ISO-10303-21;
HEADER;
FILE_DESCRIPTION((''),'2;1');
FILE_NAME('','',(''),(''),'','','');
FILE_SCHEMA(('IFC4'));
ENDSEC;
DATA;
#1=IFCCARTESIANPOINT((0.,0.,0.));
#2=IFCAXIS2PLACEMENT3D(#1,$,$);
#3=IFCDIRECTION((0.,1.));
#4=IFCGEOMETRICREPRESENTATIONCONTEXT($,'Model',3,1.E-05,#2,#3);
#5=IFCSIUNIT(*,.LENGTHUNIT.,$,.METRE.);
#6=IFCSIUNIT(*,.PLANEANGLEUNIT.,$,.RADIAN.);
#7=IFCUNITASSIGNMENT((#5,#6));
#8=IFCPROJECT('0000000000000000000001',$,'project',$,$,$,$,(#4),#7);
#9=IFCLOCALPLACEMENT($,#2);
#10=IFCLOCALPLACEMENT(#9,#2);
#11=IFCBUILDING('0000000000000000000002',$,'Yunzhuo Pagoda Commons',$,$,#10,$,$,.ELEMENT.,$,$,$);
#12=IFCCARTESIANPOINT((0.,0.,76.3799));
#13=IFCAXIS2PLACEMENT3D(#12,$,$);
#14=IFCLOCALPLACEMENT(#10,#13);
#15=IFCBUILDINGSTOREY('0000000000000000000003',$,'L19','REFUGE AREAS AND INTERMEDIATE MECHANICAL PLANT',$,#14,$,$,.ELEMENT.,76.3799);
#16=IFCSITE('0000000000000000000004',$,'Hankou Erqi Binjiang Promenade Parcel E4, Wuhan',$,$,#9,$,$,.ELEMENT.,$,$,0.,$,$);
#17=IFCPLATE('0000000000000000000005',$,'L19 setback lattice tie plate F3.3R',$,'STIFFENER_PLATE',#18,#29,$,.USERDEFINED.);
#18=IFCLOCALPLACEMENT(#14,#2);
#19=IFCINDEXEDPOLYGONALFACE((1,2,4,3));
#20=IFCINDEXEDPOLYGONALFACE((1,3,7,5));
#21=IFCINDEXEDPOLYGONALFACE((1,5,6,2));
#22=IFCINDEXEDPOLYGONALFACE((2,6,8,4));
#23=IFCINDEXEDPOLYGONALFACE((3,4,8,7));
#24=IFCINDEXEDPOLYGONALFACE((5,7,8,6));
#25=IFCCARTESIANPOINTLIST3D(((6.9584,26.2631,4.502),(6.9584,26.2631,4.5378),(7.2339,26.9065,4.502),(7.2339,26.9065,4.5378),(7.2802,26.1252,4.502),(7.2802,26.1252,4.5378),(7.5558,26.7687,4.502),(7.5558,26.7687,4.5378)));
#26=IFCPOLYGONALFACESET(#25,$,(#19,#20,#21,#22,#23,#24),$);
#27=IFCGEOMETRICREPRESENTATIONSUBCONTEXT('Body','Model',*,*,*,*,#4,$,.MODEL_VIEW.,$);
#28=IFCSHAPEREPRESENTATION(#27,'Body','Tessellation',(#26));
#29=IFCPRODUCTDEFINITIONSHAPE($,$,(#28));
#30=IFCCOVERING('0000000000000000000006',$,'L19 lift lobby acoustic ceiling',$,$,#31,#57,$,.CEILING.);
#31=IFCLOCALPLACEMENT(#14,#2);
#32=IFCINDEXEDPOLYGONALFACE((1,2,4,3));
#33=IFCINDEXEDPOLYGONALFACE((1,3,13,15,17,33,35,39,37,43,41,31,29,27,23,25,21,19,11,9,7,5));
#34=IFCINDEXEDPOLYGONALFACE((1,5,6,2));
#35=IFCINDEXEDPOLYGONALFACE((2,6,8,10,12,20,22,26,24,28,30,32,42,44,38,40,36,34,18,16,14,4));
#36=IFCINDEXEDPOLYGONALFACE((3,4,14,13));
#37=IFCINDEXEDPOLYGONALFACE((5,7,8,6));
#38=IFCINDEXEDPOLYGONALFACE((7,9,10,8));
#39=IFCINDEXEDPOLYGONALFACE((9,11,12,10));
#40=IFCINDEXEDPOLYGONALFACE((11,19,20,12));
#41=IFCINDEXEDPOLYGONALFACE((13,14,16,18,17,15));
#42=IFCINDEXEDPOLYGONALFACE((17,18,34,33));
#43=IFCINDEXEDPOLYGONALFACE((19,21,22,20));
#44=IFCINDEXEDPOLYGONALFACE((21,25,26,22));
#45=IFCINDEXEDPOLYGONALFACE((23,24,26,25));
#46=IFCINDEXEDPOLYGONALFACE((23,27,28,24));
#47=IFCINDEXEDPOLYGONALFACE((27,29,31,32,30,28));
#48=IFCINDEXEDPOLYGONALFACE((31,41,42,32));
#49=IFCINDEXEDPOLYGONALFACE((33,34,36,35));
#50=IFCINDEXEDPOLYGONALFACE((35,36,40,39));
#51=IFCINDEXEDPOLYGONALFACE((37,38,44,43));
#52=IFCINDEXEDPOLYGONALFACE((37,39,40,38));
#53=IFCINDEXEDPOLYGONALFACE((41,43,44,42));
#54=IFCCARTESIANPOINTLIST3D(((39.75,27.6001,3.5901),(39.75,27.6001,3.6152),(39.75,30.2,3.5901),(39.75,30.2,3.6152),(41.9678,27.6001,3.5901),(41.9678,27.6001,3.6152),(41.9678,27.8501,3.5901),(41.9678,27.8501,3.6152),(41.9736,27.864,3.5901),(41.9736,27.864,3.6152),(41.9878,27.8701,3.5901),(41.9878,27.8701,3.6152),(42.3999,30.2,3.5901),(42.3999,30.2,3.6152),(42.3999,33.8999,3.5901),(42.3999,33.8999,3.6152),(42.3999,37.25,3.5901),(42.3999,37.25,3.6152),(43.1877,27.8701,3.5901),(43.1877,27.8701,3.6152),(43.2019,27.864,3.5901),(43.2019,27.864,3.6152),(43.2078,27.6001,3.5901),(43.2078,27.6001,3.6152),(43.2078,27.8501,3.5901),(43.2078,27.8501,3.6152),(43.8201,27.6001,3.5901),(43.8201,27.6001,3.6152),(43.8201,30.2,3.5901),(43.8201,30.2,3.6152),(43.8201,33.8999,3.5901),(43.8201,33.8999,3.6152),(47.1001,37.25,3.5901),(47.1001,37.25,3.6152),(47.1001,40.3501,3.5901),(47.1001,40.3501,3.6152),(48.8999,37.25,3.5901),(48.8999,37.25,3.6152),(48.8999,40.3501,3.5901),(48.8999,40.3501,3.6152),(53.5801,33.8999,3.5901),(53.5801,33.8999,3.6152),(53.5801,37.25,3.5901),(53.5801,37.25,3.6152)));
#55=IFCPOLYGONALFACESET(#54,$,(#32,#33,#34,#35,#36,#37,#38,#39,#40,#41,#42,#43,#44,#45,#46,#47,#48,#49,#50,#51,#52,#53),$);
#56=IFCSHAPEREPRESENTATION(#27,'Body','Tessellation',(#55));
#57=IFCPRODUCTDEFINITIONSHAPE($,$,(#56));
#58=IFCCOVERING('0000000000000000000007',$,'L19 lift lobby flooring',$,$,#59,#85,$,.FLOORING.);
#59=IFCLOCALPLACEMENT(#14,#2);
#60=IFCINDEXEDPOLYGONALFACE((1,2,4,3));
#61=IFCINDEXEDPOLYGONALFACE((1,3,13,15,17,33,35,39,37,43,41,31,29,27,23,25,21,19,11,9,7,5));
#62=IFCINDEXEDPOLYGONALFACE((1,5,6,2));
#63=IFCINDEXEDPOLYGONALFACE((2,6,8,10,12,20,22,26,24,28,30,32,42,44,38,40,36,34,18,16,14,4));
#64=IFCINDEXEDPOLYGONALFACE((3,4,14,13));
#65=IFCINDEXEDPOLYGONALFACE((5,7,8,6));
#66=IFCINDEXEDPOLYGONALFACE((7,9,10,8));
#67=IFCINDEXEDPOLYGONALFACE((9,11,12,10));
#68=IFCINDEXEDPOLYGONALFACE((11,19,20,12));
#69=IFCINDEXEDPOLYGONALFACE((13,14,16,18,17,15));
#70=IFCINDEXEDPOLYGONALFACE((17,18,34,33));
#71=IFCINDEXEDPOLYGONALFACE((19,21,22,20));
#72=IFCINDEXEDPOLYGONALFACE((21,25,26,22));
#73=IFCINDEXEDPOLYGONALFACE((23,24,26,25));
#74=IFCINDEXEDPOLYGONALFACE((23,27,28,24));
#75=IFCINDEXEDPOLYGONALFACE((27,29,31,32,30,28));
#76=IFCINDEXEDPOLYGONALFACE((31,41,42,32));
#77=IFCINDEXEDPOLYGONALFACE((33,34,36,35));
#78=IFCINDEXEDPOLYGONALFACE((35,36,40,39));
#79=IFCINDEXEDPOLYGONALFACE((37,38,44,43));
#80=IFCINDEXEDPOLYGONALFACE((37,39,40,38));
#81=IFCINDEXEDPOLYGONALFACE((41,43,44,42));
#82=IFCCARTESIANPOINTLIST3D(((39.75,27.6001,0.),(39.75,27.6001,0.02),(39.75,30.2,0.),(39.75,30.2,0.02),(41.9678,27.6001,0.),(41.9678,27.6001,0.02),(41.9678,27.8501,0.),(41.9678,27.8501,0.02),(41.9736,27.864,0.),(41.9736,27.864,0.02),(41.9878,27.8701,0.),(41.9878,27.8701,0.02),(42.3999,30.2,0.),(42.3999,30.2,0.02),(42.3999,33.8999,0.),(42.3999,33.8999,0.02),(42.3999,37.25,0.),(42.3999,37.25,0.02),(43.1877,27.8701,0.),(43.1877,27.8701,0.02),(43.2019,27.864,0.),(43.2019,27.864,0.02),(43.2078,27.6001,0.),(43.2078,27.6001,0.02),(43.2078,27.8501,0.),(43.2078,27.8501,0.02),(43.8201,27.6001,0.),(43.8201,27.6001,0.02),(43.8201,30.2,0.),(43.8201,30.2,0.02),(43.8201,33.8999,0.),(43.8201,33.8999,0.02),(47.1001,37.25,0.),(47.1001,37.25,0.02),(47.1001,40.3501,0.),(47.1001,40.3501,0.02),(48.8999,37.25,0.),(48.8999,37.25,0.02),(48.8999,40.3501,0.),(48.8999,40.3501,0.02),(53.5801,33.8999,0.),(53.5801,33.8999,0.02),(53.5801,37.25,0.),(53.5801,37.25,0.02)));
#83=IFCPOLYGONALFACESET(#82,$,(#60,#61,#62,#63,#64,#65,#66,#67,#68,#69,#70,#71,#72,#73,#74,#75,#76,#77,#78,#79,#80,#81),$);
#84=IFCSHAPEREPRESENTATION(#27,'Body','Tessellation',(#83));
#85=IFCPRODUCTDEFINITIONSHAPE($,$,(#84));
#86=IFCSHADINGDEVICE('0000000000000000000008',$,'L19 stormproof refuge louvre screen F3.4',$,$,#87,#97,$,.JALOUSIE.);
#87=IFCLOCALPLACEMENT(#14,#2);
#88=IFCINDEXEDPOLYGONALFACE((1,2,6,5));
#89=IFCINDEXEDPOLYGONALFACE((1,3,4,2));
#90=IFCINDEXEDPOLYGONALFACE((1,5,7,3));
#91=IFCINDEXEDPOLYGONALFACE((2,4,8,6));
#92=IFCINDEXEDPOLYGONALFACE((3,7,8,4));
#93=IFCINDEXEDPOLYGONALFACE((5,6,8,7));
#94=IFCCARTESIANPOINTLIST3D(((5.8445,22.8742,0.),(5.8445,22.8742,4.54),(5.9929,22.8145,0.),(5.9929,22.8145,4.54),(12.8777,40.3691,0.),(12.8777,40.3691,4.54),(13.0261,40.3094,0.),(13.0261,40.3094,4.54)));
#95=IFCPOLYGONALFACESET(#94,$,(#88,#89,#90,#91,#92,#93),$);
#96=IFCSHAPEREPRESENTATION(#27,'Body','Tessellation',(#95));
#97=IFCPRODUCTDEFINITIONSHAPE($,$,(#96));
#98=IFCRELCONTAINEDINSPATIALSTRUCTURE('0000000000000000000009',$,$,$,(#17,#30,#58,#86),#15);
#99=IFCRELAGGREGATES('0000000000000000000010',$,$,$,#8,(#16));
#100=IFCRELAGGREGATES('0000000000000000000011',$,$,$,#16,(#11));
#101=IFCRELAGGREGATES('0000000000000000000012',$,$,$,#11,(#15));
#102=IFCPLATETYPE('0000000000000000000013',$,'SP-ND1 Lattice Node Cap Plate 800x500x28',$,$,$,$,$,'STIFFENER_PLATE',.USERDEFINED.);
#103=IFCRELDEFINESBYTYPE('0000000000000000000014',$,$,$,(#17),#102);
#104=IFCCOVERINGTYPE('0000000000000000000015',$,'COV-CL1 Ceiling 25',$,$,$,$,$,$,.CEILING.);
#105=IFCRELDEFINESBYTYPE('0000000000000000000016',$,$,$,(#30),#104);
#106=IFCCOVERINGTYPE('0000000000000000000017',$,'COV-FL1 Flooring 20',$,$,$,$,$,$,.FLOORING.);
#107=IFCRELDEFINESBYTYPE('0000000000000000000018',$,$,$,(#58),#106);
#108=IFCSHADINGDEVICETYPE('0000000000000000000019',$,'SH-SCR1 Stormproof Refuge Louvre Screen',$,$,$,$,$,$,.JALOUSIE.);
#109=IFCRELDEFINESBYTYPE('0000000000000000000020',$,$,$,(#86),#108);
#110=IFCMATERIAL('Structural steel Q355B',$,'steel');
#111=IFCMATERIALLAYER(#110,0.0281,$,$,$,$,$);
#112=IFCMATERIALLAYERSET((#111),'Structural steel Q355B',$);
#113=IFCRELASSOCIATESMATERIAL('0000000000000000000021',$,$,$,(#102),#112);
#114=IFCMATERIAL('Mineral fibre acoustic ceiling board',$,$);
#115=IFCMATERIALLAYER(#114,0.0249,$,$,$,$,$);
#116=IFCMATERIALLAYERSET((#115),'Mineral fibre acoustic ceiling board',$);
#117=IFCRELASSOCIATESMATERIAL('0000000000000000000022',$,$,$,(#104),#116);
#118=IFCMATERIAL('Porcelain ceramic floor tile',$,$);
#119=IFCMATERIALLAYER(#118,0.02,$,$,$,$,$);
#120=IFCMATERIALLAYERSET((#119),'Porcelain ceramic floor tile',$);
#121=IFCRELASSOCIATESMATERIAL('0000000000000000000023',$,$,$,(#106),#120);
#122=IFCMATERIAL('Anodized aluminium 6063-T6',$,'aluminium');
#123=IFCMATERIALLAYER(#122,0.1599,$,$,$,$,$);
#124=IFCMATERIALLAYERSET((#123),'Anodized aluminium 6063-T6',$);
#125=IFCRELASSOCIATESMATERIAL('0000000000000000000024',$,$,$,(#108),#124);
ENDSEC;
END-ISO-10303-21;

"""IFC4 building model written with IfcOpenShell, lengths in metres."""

from ifc_helpers import new_model, si_unit, direction, frame, origin, origin_2d, place, context, subcontext, project, spatial, polyline, rectangle, outline, extrude, source, transform, mapped, material, layer, layer_set, type_object, element, save


model = new_model("IFC4")

# Units and contexts
model_context = context("Model", 3, precision=1e-05, world=origin(), true_north=direction((0.0, 1.0)))
body_context = subcontext(model_context, "Body", "Model", "MODEL_VIEW")
ifc_project = project(units=[si_unit("LENGTHUNIT", "METRE"), si_unit("PLANEANGLEUNIT", "RADIAN")], contexts=[model_context])

# Site, building, storey
site_placement = place(None, origin())
site = spatial("IfcSite", under=ifc_project, at=site_placement, Name="Hankou Erqi Binjiang Promenade Parcel E4, Wuhan", CompositionType="ELEMENT", RefElevation=0.0)
building_placement = place(site_placement, origin())
building = spatial("IfcBuilding", under=site, at=building_placement, Name="Yunzhuo Pagoda Commons", CompositionType="ELEMENT")
storey_placement = place(building_placement, frame((0.0, 0.0, 76.3799)))
storey = spatial("IfcBuildingStorey", under=building, at=storey_placement, Name="L19", Description="REFUGE AREAS AND INTERMEDIATE MECHANICAL PLANT", CompositionType="ELEMENT", Elevation=76.3799)

# Shared definitions
ifc_material_1 = material(Name="Structural steel Q355B", Category="steel")

# Plate
ifc_layer_1 = layer(ifc_material_1, 0.0281)
ifc_layer_set_1 = layer_set([ifc_layer_1], Name="Structural steel Q355B")
plate_type_1 = type_object("IfcPlateType", Name="SP-ND1 Lattice Node Cap Plate 800x500x28", ElementType="STIFFENER_PLATE", PredefinedType="USERDEFINED", material=ifc_layer_set_1)
shared_shape_1 = source(origin(), body_context, "Body", "SweptSolid", [
    extrude(rectangle(XDim=0.7, YDim=0.3501, at=origin_2d()), origin(), (0.0, 0.0, 1.0), 0.0359),
])
plate_1_placement = place(storey_placement, frame((7.2571, 26.5159, 4.502), z_axis=(0.0, 0.0, 1.0), x_axis=(-0.393669, -0.919252, 0.0)))
element("IfcPlate", 1, at=plate_1_placement, inside=storey, type_object=plate_type_1, Name="L19 setback lattice tie plate F3.3R", ObjectType="STIFFENER_PLATE", PredefinedType="USERDEFINED", context=body_context, shape_type="MappedRepresentation", body=[
    mapped(shared_shape_1, transform((0.0, 0.0, 0.0), scale=1.0)),
])

# Coverings
ifc_material_2 = material(Name="Mineral fibre acoustic ceiling board")
ifc_layer_2 = layer(ifc_material_2, 0.0249)
ifc_layer_set_2 = layer_set([ifc_layer_2], Name="Mineral fibre acoustic ceiling board")
covering_type_1 = type_object("IfcCoveringType", Name="COV-CL1 Ceiling 25", PredefinedType="CEILING", material=ifc_layer_set_2)
covering_1_placement = place(storey_placement, frame((0.0, 0.0, 3.5901)))
element("IfcCovering", 2, at=covering_1_placement, inside=storey, type_object=covering_type_1, Name="L19 lift lobby acoustic ceiling", PredefinedType="CEILING", context=body_context, shape_type="SweptSolid", body=[
    extrude(outline(polyline([(39.75, 30.2), (42.3999, 30.2), (42.3999, 33.8999), (42.3999, 37.25), (47.1001, 37.25), (47.1001, 40.3501), (48.8999, 40.3501), (48.8999, 37.25), (53.5801, 37.25), (53.5801, 33.8999), (43.8201, 33.8999), (43.8201, 30.2), (43.8201, 27.6001), (43.2078, 27.6001), (43.2078, 27.8501), (43.2019, 27.864), (43.1877, 27.8701), (41.9878, 27.8701), (41.9736, 27.864), (41.9678, 27.8501), (41.9678, 27.6001), (39.75, 27.6001), (39.75, 30.2)])), origin(), (0.0, 0.0, 1.0), 0.0251),
])
ifc_material_3 = material(Name="Porcelain ceramic floor tile")
ifc_layer_3 = layer(ifc_material_3, 0.02)
ifc_layer_set_3 = layer_set([ifc_layer_3], Name="Porcelain ceramic floor tile")
covering_type_2 = type_object("IfcCoveringType", Name="COV-FL1 Flooring 20", PredefinedType="FLOORING", material=ifc_layer_set_3)
covering_2_placement = place(storey_placement, origin())
element("IfcCovering", 3, at=covering_2_placement, inside=storey, type_object=covering_type_2, Name="L19 lift lobby flooring", PredefinedType="FLOORING", context=body_context, shape_type="SweptSolid", body=[
    extrude(outline(polyline([(39.75, 30.2), (42.3999, 30.2), (42.3999, 33.8999), (42.3999, 37.25), (47.1001, 37.25), (47.1001, 40.3501), (48.8999, 40.3501), (48.8999, 37.25), (53.5801, 37.25), (53.5801, 33.8999), (43.8201, 33.8999), (43.8201, 30.2), (43.8201, 27.6001), (43.2078, 27.6001), (43.2078, 27.8501), (43.2019, 27.864), (43.1877, 27.8701), (41.9878, 27.8701), (41.9736, 27.864), (41.9678, 27.8501), (41.9678, 27.6001), (39.75, 27.6001), (39.75, 30.2)])), origin(), (0.0, 0.0, 1.0), 0.02),
])

# Shared definitions
ifc_material_4 = material(Name="Anodized aluminium 6063-T6", Category="aluminium")

# Shading device
ifc_layer_4 = layer(ifc_material_4, 0.1599)
ifc_layer_set_4 = layer_set([ifc_layer_4], Name="Anodized aluminium 6063-T6")
shading_device_type = type_object("IfcShadingDeviceType", Name="SH-SCR1 Stormproof Refuge Louvre Screen", PredefinedType="JALOUSIE", material=ifc_layer_set_4)
shared_shape_2 = source(origin(), body_context, "Body", "SweptSolid", [
    extrude(rectangle(XDim=18.8557, YDim=0.1599, at=origin_2d()), origin(), (0.0, 0.0, 1.0), 4.54),
])
shading_device_placement = place(storey_placement, frame((9.4353, 31.5918, 0.0), z_axis=(0.0, 0.0, 1.0), x_axis=(-0.373004, -0.92783, 0.0)))
element("IfcShadingDevice", 4, at=shading_device_placement, inside=storey, type_object=shading_device_type, Name="L19 stormproof refuge louvre screen F3.4", PredefinedType="JALOUSIE", context=body_context, shape_type="MappedRepresentation", body=[
    mapped(shared_shape_2, transform((0.0, 0.0, 0.0), scale=1.0)),
])

save(model, "model.ifc")
